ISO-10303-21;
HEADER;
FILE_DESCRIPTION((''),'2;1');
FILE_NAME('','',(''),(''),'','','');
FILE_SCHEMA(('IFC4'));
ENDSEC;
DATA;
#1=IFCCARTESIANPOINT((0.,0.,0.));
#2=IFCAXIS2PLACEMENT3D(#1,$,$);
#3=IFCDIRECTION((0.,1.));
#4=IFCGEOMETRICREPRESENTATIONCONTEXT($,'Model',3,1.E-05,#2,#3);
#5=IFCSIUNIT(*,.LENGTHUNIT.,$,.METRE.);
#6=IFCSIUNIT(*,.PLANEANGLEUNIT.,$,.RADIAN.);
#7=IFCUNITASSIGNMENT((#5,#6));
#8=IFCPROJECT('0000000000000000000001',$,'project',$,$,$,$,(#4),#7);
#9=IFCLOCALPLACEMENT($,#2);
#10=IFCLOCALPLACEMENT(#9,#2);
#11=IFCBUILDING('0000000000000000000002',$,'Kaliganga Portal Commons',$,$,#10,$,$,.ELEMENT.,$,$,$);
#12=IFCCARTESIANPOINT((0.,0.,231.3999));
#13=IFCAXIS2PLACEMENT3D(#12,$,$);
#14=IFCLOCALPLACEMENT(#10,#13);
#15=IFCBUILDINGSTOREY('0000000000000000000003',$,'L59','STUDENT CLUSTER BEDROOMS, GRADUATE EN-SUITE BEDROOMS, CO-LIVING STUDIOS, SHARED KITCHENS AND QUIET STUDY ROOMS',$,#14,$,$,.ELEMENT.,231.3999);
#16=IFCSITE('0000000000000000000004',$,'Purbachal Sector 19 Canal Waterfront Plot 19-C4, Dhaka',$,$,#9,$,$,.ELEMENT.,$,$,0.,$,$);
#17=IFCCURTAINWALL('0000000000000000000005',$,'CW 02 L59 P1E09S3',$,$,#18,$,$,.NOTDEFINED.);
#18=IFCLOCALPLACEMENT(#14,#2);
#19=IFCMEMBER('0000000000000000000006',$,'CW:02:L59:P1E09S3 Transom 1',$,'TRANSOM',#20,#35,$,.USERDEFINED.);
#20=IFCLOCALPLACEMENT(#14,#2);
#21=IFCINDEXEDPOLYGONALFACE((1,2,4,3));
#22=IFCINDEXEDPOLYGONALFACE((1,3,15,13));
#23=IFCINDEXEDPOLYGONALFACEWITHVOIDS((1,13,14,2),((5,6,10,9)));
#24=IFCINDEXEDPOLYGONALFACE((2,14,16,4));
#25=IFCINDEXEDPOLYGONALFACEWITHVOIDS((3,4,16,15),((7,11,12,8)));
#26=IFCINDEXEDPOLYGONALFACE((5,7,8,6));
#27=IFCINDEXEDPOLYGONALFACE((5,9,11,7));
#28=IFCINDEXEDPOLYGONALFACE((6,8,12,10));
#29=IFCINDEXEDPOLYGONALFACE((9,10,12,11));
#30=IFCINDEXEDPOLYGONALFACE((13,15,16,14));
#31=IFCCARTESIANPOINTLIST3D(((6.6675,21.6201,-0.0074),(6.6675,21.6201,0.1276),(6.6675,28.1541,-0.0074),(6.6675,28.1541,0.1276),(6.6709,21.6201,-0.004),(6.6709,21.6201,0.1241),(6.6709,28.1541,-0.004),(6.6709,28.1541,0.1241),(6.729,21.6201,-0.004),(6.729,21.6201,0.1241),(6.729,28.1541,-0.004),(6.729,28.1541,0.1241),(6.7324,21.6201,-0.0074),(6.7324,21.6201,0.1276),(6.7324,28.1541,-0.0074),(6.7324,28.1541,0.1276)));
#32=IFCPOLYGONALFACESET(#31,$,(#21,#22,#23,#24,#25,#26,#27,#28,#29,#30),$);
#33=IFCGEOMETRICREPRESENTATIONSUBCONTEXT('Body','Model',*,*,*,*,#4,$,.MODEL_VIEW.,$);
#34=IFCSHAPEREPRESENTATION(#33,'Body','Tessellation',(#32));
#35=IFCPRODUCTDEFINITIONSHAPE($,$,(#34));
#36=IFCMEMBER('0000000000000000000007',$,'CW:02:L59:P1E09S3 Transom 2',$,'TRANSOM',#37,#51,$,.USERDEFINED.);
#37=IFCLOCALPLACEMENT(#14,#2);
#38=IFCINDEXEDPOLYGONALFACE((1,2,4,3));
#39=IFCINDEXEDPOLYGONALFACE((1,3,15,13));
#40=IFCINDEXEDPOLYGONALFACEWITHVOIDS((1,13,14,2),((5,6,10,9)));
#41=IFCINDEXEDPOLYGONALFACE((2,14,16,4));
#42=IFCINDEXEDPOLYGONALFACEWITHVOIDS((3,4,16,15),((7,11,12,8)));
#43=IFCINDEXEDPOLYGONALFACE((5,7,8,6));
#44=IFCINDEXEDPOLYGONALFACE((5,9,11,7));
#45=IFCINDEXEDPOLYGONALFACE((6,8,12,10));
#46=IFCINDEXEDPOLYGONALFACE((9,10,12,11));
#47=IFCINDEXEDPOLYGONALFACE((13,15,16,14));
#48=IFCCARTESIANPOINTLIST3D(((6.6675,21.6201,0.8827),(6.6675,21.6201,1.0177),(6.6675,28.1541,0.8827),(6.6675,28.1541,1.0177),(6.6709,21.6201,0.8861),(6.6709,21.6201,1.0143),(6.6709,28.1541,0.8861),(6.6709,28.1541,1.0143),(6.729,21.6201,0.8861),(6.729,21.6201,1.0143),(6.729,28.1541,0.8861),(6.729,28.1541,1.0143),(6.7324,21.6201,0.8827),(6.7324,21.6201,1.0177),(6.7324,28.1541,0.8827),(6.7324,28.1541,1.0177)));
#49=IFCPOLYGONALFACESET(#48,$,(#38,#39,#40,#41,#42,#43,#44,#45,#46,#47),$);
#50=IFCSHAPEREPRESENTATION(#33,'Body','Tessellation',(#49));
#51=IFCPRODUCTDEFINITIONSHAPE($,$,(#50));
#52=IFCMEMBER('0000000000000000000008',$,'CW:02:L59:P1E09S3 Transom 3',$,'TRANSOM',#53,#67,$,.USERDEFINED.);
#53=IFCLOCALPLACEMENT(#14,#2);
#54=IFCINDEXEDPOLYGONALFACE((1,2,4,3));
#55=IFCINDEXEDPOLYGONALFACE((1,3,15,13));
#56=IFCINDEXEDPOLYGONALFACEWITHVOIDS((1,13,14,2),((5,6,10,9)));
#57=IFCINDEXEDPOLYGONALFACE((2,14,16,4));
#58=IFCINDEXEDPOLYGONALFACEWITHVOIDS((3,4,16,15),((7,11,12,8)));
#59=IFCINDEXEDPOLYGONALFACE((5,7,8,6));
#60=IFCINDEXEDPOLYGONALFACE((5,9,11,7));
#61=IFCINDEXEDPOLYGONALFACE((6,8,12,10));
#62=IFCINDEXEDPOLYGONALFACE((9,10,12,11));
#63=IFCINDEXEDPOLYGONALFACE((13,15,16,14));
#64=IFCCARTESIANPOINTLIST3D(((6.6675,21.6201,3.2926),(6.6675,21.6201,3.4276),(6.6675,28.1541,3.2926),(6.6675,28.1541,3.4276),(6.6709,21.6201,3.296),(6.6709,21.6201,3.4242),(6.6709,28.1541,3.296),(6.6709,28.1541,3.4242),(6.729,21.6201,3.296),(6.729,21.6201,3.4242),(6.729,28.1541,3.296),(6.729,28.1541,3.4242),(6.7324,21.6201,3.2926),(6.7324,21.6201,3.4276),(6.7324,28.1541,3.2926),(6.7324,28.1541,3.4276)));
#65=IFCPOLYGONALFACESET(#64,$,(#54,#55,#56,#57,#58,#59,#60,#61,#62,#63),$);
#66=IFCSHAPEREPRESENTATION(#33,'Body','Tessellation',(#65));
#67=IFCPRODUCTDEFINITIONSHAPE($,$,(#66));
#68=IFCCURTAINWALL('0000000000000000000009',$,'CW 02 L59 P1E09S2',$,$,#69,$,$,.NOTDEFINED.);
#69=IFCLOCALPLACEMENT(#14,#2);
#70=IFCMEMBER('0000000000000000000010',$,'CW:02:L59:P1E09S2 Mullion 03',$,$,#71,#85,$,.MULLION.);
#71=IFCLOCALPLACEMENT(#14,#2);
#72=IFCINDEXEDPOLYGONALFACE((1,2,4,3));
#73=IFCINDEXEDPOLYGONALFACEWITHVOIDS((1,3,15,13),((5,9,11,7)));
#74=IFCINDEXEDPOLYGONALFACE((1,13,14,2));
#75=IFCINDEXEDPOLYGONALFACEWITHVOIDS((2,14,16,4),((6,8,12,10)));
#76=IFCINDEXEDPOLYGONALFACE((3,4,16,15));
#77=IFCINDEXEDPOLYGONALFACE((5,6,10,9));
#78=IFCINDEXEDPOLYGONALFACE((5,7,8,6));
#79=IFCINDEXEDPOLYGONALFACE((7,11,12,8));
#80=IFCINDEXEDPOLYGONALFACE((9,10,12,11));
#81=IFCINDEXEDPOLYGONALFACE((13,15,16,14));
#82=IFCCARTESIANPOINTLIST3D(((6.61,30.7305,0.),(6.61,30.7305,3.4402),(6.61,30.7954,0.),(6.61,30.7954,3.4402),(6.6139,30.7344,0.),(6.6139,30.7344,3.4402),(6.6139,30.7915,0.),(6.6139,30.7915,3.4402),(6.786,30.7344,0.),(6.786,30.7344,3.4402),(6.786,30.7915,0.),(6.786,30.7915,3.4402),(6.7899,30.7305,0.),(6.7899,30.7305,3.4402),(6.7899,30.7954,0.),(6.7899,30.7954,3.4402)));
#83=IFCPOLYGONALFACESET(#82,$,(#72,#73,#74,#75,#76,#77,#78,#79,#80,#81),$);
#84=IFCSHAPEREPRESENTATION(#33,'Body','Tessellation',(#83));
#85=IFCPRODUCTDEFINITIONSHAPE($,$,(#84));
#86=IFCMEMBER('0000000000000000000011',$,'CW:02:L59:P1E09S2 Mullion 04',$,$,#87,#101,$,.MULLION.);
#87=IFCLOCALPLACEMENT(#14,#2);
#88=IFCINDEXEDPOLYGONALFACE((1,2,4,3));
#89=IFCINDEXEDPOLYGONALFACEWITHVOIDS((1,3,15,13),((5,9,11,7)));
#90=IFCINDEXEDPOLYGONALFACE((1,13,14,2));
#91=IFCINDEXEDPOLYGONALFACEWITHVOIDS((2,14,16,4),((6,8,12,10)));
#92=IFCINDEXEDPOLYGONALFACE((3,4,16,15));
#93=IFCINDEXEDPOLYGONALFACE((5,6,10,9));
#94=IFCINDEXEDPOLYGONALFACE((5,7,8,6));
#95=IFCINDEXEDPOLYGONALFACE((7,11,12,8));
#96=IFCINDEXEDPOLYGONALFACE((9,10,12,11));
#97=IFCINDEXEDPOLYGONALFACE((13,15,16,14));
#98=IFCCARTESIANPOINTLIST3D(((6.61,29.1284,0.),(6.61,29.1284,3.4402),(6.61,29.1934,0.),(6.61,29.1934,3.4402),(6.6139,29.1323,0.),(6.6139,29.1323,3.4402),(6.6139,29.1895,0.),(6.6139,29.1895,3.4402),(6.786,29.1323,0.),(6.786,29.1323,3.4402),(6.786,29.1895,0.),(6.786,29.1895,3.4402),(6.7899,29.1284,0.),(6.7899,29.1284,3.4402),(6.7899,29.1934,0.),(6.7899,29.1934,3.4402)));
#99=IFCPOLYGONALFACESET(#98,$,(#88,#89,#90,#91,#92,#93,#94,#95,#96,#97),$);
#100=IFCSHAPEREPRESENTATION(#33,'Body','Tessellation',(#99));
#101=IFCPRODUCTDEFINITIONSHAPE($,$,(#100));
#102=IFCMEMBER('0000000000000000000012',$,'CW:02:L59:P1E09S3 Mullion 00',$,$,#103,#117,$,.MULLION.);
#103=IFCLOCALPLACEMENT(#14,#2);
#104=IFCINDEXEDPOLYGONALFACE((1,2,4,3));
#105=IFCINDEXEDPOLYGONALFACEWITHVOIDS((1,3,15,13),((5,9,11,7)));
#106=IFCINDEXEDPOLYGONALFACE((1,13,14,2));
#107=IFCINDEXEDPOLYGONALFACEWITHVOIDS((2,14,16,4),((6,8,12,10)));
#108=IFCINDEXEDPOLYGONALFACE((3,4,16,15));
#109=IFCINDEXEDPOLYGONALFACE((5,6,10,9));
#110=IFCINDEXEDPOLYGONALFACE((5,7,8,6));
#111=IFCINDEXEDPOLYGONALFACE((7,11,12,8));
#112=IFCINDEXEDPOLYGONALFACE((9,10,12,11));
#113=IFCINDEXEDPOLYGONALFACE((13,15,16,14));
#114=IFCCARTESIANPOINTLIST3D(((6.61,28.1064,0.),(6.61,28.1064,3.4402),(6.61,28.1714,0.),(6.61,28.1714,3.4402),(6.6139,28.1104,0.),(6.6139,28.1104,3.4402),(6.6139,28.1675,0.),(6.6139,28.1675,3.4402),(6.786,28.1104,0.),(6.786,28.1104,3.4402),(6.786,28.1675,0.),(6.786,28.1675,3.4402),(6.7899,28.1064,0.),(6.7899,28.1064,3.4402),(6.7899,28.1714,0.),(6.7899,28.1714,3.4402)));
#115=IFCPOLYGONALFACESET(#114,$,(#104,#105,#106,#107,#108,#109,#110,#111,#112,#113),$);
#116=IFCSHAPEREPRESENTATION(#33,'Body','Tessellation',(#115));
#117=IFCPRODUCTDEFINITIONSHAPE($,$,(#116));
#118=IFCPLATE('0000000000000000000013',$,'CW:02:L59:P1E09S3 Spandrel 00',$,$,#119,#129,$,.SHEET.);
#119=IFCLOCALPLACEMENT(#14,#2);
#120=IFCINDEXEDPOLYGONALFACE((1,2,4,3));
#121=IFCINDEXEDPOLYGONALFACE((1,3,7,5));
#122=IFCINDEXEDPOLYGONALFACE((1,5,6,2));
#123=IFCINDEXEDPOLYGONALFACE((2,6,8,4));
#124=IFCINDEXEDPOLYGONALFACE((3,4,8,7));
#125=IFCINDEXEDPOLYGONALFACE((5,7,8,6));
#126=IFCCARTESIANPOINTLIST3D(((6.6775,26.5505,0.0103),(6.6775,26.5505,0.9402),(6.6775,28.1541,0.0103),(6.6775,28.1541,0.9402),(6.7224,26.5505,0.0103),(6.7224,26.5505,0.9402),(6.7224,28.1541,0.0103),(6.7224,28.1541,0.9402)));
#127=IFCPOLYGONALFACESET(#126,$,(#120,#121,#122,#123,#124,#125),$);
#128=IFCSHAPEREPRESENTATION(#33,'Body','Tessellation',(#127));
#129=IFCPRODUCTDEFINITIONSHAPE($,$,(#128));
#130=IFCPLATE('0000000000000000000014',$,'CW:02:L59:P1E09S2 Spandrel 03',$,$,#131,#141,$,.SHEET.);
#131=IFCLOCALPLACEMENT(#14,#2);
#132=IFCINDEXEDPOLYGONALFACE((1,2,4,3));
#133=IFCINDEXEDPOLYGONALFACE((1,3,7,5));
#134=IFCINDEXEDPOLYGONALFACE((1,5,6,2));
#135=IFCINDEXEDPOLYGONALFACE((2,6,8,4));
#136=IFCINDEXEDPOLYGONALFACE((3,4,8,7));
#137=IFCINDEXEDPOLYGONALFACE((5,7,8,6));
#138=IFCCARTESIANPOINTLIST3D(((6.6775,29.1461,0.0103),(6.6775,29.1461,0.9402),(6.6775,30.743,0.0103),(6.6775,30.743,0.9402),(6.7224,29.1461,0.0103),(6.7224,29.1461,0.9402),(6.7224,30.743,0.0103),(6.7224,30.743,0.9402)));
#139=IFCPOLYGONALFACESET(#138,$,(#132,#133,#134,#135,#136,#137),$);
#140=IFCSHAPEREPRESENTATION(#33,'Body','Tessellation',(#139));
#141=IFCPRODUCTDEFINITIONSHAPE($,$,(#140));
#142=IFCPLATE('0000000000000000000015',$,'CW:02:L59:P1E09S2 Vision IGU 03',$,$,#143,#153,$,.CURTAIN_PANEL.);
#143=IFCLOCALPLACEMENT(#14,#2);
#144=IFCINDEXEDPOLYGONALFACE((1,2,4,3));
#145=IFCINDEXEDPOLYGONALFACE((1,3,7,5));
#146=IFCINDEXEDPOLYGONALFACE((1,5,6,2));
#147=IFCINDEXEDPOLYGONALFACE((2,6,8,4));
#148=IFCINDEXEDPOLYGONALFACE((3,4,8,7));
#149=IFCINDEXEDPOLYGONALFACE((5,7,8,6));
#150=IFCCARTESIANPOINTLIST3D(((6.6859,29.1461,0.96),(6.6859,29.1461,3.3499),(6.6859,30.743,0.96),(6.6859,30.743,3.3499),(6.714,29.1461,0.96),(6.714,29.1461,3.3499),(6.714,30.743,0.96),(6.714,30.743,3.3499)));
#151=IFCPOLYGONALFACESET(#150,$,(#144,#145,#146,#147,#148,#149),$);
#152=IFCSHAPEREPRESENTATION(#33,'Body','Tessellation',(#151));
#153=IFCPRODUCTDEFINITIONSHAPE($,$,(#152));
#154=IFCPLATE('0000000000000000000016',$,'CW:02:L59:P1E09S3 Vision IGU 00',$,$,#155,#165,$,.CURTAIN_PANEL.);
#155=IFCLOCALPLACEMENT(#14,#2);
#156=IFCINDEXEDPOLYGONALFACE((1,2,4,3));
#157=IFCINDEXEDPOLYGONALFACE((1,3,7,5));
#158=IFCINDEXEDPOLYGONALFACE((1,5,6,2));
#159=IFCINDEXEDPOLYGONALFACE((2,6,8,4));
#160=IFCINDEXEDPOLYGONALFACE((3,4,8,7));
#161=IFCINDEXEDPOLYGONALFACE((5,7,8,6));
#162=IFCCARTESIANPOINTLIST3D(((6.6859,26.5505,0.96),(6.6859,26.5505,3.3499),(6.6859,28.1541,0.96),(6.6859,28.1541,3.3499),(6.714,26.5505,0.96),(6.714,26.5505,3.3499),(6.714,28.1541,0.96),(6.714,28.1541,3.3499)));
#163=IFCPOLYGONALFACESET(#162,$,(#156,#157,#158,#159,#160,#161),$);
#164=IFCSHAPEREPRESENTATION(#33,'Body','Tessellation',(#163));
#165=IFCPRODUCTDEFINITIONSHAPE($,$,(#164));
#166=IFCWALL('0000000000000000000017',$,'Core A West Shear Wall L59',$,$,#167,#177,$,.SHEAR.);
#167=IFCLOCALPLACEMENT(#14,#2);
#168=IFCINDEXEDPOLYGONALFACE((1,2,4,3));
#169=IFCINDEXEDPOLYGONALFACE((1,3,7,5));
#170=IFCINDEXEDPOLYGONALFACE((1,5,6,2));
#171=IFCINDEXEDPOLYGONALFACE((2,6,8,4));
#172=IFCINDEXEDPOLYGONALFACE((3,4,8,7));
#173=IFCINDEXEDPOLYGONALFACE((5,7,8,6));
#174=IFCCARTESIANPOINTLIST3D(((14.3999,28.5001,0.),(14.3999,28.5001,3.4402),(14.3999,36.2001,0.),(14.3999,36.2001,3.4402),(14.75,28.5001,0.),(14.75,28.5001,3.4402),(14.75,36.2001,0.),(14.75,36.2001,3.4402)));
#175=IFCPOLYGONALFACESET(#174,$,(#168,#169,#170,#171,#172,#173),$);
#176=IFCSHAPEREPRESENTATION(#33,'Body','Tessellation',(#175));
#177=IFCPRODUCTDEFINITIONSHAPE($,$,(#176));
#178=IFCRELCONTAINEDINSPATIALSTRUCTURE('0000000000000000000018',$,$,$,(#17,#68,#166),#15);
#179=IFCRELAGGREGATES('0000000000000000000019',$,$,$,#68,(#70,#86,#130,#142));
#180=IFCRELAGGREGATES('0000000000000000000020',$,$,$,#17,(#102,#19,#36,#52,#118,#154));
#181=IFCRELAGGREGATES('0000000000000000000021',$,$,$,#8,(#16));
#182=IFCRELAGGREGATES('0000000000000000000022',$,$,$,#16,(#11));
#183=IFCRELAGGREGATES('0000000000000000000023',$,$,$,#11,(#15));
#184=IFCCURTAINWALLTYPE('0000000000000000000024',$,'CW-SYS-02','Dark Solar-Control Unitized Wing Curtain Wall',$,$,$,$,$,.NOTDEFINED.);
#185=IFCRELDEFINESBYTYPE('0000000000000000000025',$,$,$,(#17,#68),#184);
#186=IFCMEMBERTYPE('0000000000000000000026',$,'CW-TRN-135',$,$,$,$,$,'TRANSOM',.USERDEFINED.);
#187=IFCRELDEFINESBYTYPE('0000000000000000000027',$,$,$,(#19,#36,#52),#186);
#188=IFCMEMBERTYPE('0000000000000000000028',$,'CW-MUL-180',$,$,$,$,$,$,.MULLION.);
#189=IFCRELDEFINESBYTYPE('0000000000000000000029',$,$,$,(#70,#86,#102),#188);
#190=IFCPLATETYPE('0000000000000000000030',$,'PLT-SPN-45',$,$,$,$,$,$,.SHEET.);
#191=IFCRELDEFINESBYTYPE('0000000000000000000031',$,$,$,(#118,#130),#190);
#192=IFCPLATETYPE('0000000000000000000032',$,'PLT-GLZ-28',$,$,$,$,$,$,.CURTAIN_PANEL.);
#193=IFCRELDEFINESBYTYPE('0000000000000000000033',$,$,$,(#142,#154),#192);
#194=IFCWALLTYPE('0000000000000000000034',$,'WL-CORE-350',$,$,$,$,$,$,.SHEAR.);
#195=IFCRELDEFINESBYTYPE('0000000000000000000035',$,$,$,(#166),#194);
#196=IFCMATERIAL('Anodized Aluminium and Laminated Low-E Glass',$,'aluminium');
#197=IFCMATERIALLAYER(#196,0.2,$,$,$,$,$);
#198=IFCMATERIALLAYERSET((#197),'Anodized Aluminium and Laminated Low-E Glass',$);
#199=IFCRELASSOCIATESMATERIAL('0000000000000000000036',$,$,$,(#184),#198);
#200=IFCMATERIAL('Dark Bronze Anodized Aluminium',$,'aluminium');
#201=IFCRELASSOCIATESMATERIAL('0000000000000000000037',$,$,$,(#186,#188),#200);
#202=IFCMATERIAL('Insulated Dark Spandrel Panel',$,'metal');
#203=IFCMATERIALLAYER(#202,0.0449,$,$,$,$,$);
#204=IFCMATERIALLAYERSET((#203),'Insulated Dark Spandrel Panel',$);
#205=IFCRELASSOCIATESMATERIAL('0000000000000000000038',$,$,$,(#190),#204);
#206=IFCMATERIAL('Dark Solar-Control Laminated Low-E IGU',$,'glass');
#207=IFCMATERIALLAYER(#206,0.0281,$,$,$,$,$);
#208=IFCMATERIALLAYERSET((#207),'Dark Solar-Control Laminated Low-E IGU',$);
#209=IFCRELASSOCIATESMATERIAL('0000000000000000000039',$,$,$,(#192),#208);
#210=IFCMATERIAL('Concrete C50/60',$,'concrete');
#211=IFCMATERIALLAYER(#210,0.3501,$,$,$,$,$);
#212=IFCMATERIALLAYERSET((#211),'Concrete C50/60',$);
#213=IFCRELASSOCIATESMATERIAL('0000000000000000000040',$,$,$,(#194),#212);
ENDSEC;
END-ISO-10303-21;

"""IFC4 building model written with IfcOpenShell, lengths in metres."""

from ifc_helpers import new_model, si_unit, direction, frame, frame_2d, origin, origin_2d, place, context, subcontext, project, spatial, rectangle, hollow_rectangle, extrude, source, transform, mapped, material, layer, layer_set, material_profile, profile_set, type_object, element, aggregate, save


model = new_model("IFC4")

# Units and contexts
model_context = context("Model", 3, precision=1e-05, world=origin(), true_north=direction((0.0, 1.0)))
body_context = subcontext(model_context, "Body", "Model", "MODEL_VIEW")
ifc_project = project(units=[si_unit("LENGTHUNIT", "METRE"), si_unit("PLANEANGLEUNIT", "RADIAN")], contexts=[model_context])

# Site, building, storey
site_placement = place(None, origin())
site = spatial("IfcSite", under=ifc_project, at=site_placement, Name="Purbachal Sector 19 Canal Waterfront Plot 19-C4, Dhaka", CompositionType="ELEMENT", RefElevation=0.0)
building_placement = place(site_placement, origin())
building = spatial("IfcBuilding", under=site, at=building_placement, Name="Kaliganga Portal Commons", CompositionType="ELEMENT")
storey_placement = place(building_placement, frame((0.0, 0.0, 231.3999)))
storey = spatial("IfcBuildingStorey", under=building, at=storey_placement, Name="L59", Description="STUDENT CLUSTER BEDROOMS, GRADUATE EN-SUITE BEDROOMS, CO-LIVING STUDIOS, SHARED KITCHENS AND QUIET STUDY ROOMS", CompositionType="ELEMENT", Elevation=231.3999)

# Shared definitions
ifc_material_1 = material(Name="Concrete C50/60", Category="concrete")

# Curtain walls, members
ifc_material_2 = material(Name="Anodized Aluminium and Laminated Low-E Glass", Category="aluminium")
ifc_layer_1 = layer(ifc_material_2, 0.2)
ifc_layer_set_1 = layer_set([ifc_layer_1], Name="Anodized Aluminium and Laminated Low-E Glass")
curtain_wall_type = type_object("IfcCurtainWallType", Name="CW-SYS-02", Description="Dark Solar-Control Unitized Wing Curtain Wall", PredefinedType="NOTDEFINED", material=ifc_layer_set_1)
curtain_wall_1_placement = place(storey_placement, origin())
curtain_wall_1 = element("IfcCurtainWall", 1, at=curtain_wall_1_placement, inside=storey, type_object=curtain_wall_type, Name="CW 02 L59 P1E09S3", PredefinedType="NOTDEFINED")
ifc_material_3 = material(Name="Dark Bronze Anodized Aluminium", Category="aluminium")
ifc_material_profile_1 = material_profile(ifc_material_3, hollow_rectangle(XDim=0.0649, YDim=0.135, WallThickness=0.0034, at=origin_2d()), Name="ALU TRAN 65x135x3.5")
ifc_profile_set_1 = profile_set([ifc_material_profile_1], Name="Dark Bronze Anodized Aluminium")
member_type_1 = type_object("IfcMemberType", Name="CW-TRN-135", ElementType="TRANSOM", PredefinedType="USERDEFINED", material=ifc_profile_set_1)
shared_shape_1 = source(origin(), body_context, "Body", "SweptSolid", [
    extrude(hollow_rectangle(XDim=0.0649, YDim=0.135, WallThickness=0.0034, at=origin_2d()), origin(), (0.0, 0.0, 1.0), 6.5339),
])
member_1_placement = place(storey_placement, frame((6.7, 28.1541, 0.0601), z_axis=(0.0, -1.0, 0.0), x_axis=(1.0, 0.0, 0.0)))
member_1 = element("IfcMember", 2, at=member_1_placement, type_object=member_type_1, Name="CW:02:L59:P1E09S3 Transom 1", ObjectType="TRANSOM", PredefinedType="USERDEFINED", context=body_context, shape_type="MappedRepresentation", body=[
    mapped(shared_shape_1, transform((0.0, 0.0, 0.0), x_axis=(1.0, 0.0, 0.0), y_axis=(0.0, 1.0, 0.0), z_axis=(0.0, 0.0, 1.0), scale=1.0)),
])
member_2_placement = place(storey_placement, frame((6.7, 28.1541, 0.9502), z_axis=(0.0, -1.0, 0.0), x_axis=(1.0, 0.0, 0.0)))
member_2 = element("IfcMember", 3, at=member_2_placement, type_object=member_type_1, Name="CW:02:L59:P1E09S3 Transom 2", ObjectType="TRANSOM", PredefinedType="USERDEFINED", context=body_context, shape_type="MappedRepresentation", body=[
    mapped(shared_shape_1, transform((0.0, 0.0, 0.0), x_axis=(1.0, 0.0, 0.0), y_axis=(0.0, 1.0, 0.0), z_axis=(0.0, 0.0, 1.0), scale=1.0)),
])
member_3_placement = place(storey_placement, frame((6.7, 28.1541, 3.3601), z_axis=(0.0, -1.0, 0.0), x_axis=(1.0, 0.0, 0.0)))
member_3 = element("IfcMember", 4, at=member_3_placement, type_object=member_type_1, Name="CW:02:L59:P1E09S3 Transom 3", ObjectType="TRANSOM", PredefinedType="USERDEFINED", context=body_context, shape_type="MappedRepresentation", body=[
    mapped(shared_shape_1, transform((0.0, 0.0, 0.0), x_axis=(1.0, 0.0, 0.0), y_axis=(0.0, 1.0, 0.0), z_axis=(0.0, 0.0, 1.0), scale=1.0)),
])
curtain_wall_2_placement = place(storey_placement, origin())
curtain_wall_2 = element("IfcCurtainWall", 5, at=curtain_wall_2_placement, inside=storey, type_object=curtain_wall_type, Name="CW 02 L59 P1E09S2", PredefinedType="NOTDEFINED")
ifc_material_profile_2 = material_profile(ifc_material_3, hollow_rectangle(XDim=0.0649, YDim=0.1799, WallThickness=0.0039, at=origin_2d()), Name="ALU MULL 65x180x4")
ifc_profile_set_2 = profile_set([ifc_material_profile_2], Name="Dark Bronze Anodized Aluminium")
member_type_2 = type_object("IfcMemberType", Name="CW-MUL-180", PredefinedType="MULLION", material=ifc_profile_set_2)
shared_shape_2 = source(origin(), body_context, "Body", "SweptSolid", [
    extrude(hollow_rectangle(XDim=0.0649, YDim=0.1799, WallThickness=0.0039, at=origin_2d()), origin(), (0.0, 0.0, 1.0), 3.4402),
])
member_4_placement = place(storey_placement, frame((6.7, 30.7629, 0.0), z_axis=(0.0, 0.0, 1.0), x_axis=(0.0, -1.0, 0.0)))
member_4 = element("IfcMember", 6, at=member_4_placement, type_object=member_type_2, Name="CW:02:L59:P1E09S2 Mullion 03", PredefinedType="MULLION", context=body_context, shape_type="MappedRepresentation", body=[
    mapped(shared_shape_2, transform((0.0, 0.0, 0.0), x_axis=(1.0, 0.0, 0.0), y_axis=(0.0, 1.0, 0.0), z_axis=(0.0, 0.0, 1.0), scale=1.0)),
])
member_5_placement = place(storey_placement, frame((6.7, 29.1609, 0.0), z_axis=(0.0, 0.0, 1.0), x_axis=(0.0, -1.0, 0.0)))
member_5 = element("IfcMember", 7, at=member_5_placement, type_object=member_type_2, Name="CW:02:L59:P1E09S2 Mullion 04", PredefinedType="MULLION", context=body_context, shape_type="MappedRepresentation", body=[
    mapped(shared_shape_2, transform((0.0, 0.0, 0.0), x_axis=(1.0, 0.0, 0.0), y_axis=(0.0, 1.0, 0.0), z_axis=(0.0, 0.0, 1.0), scale=1.0)),
])

# Member
member_6_placement = place(storey_placement, frame((6.7, 28.1389, 0.0), z_axis=(0.0, 0.0, 1.0), x_axis=(0.0, -1.0, 0.0)))
member_6 = element("IfcMember", 8, at=member_6_placement, type_object=member_type_2, Name="CW:02:L59:P1E09S3 Mullion 00", PredefinedType="MULLION", context=body_context, shape_type="MappedRepresentation", body=[
    mapped(shared_shape_2, transform((0.0, 0.0, 0.0), x_axis=(1.0, 0.0, 0.0), y_axis=(0.0, 1.0, 0.0), z_axis=(0.0, 0.0, 1.0), scale=1.0)),
])

# Plates
ifc_material_4 = material(Name="Insulated Dark Spandrel Panel", Category="metal")
ifc_layer_2 = layer(ifc_material_4, 0.0449)
ifc_layer_set_2 = layer_set([ifc_layer_2], Name="Insulated Dark Spandrel Panel")
plate_type_1 = type_object("IfcPlateType", Name="PLT-SPN-45", PredefinedType="SHEET", material=ifc_layer_set_2)
shared_shape_3 = source(origin(), body_context, "Body", "SweptSolid", [
    extrude(rectangle(XDim=1.6035, YDim=0.0449, at=origin_2d()), origin(), (0.0, 0.0, 1.0), 0.9299),
])
plate_1_placement = place(storey_placement, frame((6.7, 27.3523, 0.0103), z_axis=(0.0, 0.0, 1.0), x_axis=(0.0, -1.0, 0.0)))
plate_1 = element("IfcPlate", 9, at=plate_1_placement, type_object=plate_type_1, Name="CW:02:L59:P1E09S3 Spandrel 00", PredefinedType="SHEET", context=body_context, shape_type="MappedRepresentation", body=[
    mapped(shared_shape_3, transform((0.0, 0.0, 0.0), x_axis=(1.0, 0.0, 0.0), y_axis=(0.0, 1.0, 0.0), z_axis=(0.0, 0.0, 1.0), scale=1.0)),
])
shared_shape_4 = source(origin(), body_context, "Body", "SweptSolid", [
    extrude(rectangle(XDim=1.5969, YDim=0.0449, at=origin_2d()), origin(), (0.0, 0.0, 1.0), 0.9299),
])
plate_2_placement = place(storey_placement, frame((6.7, 29.9446, 0.0103), z_axis=(0.0, 0.0, 1.0), x_axis=(0.0, -1.0, 0.0)))
plate_2 = element("IfcPlate", 10, at=plate_2_placement, type_object=plate_type_1, Name="CW:02:L59:P1E09S2 Spandrel 03", PredefinedType="SHEET", context=body_context, shape_type="MappedRepresentation", body=[
    mapped(shared_shape_4, transform((0.0, 0.0, 0.0), x_axis=(1.0, 0.0, 0.0), y_axis=(0.0, 1.0, 0.0), z_axis=(0.0, 0.0, 1.0), scale=1.0)),
])
ifc_material_5 = material(Name="Dark Solar-Control Laminated Low-E IGU", Category="glass")
ifc_layer_3 = layer(ifc_material_5, 0.0281)
ifc_layer_set_3 = layer_set([ifc_layer_3], Name="Dark Solar-Control Laminated Low-E IGU")
plate_type_2 = type_object("IfcPlateType", Name="PLT-GLZ-28", PredefinedType="CURTAIN_PANEL", material=ifc_layer_set_3)
shared_shape_5 = source(origin(), body_context, "Body", "SweptSolid", [
    extrude(rectangle(XDim=1.5969, YDim=0.0281, at=origin_2d()), origin(), (0.0, 0.0, 1.0), 2.3899),
])
plate_3_placement = place(storey_placement, frame((6.7, 29.9446, 0.96), z_axis=(0.0, 0.0, 1.0), x_axis=(0.0, -1.0, 0.0)))
plate_3 = element("IfcPlate", 11, at=plate_3_placement, type_object=plate_type_2, Name="CW:02:L59:P1E09S2 Vision IGU 03", PredefinedType="CURTAIN_PANEL", context=body_context, shape_type="MappedRepresentation", body=[
    mapped(shared_shape_5, transform((0.0, 0.0, 0.0), x_axis=(1.0, 0.0, 0.0), y_axis=(0.0, 1.0, 0.0), z_axis=(0.0, 0.0, 1.0), scale=1.0)),
])
aggregate(curtain_wall_2, [member_4, member_5, plate_2, plate_3])
shared_shape_6 = source(origin(), body_context, "Body", "SweptSolid", [
    extrude(rectangle(XDim=1.6035, YDim=0.0281, at=origin_2d()), origin(), (0.0, 0.0, 1.0), 2.3899),
])
plate_4_placement = place(storey_placement, frame((6.7, 27.3523, 0.96), z_axis=(0.0, 0.0, 1.0), x_axis=(0.0, -1.0, 0.0)))
plate_4 = element("IfcPlate", 12, at=plate_4_placement, type_object=plate_type_2, Name="CW:02:L59:P1E09S3 Vision IGU 00", PredefinedType="CURTAIN_PANEL", context=body_context, shape_type="MappedRepresentation", body=[
    mapped(shared_shape_6, transform((0.0, 0.0, 0.0), x_axis=(1.0, 0.0, 0.0), y_axis=(0.0, 1.0, 0.0), z_axis=(0.0, 0.0, 1.0), scale=1.0)),
])
aggregate(curtain_wall_1, [member_6, member_1, member_2, member_3, plate_1, plate_4])

# Wall
ifc_layer_4 = layer(ifc_material_1, 0.3501)
ifc_layer_set_4 = layer_set([ifc_layer_4], Name="Concrete C50/60")
wall_type_1 = type_object("IfcWallType", Name="WL-CORE-350", PredefinedType="SHEAR", material=ifc_layer_set_4)
wall_1_placement = place(storey_placement, frame((14.575, 28.5, 0.0), z_axis=(0.0, 0.0, 1.0), x_axis=(0.0, 1.0, 0.0)))
element("IfcWall", 13, at=wall_1_placement, inside=storey, type_object=wall_type_1, Name="Core A West Shear Wall L59", PredefinedType="SHEAR", context=body_context, shape_type="SweptSolid", body=[
    extrude(rectangle(XDim=7.7, YDim=0.3501, at=frame_2d((3.8501, 0.0))), origin(), (0.0, 0.0, 1.0), 3.4402),
])

save(model, "model.ifc")
